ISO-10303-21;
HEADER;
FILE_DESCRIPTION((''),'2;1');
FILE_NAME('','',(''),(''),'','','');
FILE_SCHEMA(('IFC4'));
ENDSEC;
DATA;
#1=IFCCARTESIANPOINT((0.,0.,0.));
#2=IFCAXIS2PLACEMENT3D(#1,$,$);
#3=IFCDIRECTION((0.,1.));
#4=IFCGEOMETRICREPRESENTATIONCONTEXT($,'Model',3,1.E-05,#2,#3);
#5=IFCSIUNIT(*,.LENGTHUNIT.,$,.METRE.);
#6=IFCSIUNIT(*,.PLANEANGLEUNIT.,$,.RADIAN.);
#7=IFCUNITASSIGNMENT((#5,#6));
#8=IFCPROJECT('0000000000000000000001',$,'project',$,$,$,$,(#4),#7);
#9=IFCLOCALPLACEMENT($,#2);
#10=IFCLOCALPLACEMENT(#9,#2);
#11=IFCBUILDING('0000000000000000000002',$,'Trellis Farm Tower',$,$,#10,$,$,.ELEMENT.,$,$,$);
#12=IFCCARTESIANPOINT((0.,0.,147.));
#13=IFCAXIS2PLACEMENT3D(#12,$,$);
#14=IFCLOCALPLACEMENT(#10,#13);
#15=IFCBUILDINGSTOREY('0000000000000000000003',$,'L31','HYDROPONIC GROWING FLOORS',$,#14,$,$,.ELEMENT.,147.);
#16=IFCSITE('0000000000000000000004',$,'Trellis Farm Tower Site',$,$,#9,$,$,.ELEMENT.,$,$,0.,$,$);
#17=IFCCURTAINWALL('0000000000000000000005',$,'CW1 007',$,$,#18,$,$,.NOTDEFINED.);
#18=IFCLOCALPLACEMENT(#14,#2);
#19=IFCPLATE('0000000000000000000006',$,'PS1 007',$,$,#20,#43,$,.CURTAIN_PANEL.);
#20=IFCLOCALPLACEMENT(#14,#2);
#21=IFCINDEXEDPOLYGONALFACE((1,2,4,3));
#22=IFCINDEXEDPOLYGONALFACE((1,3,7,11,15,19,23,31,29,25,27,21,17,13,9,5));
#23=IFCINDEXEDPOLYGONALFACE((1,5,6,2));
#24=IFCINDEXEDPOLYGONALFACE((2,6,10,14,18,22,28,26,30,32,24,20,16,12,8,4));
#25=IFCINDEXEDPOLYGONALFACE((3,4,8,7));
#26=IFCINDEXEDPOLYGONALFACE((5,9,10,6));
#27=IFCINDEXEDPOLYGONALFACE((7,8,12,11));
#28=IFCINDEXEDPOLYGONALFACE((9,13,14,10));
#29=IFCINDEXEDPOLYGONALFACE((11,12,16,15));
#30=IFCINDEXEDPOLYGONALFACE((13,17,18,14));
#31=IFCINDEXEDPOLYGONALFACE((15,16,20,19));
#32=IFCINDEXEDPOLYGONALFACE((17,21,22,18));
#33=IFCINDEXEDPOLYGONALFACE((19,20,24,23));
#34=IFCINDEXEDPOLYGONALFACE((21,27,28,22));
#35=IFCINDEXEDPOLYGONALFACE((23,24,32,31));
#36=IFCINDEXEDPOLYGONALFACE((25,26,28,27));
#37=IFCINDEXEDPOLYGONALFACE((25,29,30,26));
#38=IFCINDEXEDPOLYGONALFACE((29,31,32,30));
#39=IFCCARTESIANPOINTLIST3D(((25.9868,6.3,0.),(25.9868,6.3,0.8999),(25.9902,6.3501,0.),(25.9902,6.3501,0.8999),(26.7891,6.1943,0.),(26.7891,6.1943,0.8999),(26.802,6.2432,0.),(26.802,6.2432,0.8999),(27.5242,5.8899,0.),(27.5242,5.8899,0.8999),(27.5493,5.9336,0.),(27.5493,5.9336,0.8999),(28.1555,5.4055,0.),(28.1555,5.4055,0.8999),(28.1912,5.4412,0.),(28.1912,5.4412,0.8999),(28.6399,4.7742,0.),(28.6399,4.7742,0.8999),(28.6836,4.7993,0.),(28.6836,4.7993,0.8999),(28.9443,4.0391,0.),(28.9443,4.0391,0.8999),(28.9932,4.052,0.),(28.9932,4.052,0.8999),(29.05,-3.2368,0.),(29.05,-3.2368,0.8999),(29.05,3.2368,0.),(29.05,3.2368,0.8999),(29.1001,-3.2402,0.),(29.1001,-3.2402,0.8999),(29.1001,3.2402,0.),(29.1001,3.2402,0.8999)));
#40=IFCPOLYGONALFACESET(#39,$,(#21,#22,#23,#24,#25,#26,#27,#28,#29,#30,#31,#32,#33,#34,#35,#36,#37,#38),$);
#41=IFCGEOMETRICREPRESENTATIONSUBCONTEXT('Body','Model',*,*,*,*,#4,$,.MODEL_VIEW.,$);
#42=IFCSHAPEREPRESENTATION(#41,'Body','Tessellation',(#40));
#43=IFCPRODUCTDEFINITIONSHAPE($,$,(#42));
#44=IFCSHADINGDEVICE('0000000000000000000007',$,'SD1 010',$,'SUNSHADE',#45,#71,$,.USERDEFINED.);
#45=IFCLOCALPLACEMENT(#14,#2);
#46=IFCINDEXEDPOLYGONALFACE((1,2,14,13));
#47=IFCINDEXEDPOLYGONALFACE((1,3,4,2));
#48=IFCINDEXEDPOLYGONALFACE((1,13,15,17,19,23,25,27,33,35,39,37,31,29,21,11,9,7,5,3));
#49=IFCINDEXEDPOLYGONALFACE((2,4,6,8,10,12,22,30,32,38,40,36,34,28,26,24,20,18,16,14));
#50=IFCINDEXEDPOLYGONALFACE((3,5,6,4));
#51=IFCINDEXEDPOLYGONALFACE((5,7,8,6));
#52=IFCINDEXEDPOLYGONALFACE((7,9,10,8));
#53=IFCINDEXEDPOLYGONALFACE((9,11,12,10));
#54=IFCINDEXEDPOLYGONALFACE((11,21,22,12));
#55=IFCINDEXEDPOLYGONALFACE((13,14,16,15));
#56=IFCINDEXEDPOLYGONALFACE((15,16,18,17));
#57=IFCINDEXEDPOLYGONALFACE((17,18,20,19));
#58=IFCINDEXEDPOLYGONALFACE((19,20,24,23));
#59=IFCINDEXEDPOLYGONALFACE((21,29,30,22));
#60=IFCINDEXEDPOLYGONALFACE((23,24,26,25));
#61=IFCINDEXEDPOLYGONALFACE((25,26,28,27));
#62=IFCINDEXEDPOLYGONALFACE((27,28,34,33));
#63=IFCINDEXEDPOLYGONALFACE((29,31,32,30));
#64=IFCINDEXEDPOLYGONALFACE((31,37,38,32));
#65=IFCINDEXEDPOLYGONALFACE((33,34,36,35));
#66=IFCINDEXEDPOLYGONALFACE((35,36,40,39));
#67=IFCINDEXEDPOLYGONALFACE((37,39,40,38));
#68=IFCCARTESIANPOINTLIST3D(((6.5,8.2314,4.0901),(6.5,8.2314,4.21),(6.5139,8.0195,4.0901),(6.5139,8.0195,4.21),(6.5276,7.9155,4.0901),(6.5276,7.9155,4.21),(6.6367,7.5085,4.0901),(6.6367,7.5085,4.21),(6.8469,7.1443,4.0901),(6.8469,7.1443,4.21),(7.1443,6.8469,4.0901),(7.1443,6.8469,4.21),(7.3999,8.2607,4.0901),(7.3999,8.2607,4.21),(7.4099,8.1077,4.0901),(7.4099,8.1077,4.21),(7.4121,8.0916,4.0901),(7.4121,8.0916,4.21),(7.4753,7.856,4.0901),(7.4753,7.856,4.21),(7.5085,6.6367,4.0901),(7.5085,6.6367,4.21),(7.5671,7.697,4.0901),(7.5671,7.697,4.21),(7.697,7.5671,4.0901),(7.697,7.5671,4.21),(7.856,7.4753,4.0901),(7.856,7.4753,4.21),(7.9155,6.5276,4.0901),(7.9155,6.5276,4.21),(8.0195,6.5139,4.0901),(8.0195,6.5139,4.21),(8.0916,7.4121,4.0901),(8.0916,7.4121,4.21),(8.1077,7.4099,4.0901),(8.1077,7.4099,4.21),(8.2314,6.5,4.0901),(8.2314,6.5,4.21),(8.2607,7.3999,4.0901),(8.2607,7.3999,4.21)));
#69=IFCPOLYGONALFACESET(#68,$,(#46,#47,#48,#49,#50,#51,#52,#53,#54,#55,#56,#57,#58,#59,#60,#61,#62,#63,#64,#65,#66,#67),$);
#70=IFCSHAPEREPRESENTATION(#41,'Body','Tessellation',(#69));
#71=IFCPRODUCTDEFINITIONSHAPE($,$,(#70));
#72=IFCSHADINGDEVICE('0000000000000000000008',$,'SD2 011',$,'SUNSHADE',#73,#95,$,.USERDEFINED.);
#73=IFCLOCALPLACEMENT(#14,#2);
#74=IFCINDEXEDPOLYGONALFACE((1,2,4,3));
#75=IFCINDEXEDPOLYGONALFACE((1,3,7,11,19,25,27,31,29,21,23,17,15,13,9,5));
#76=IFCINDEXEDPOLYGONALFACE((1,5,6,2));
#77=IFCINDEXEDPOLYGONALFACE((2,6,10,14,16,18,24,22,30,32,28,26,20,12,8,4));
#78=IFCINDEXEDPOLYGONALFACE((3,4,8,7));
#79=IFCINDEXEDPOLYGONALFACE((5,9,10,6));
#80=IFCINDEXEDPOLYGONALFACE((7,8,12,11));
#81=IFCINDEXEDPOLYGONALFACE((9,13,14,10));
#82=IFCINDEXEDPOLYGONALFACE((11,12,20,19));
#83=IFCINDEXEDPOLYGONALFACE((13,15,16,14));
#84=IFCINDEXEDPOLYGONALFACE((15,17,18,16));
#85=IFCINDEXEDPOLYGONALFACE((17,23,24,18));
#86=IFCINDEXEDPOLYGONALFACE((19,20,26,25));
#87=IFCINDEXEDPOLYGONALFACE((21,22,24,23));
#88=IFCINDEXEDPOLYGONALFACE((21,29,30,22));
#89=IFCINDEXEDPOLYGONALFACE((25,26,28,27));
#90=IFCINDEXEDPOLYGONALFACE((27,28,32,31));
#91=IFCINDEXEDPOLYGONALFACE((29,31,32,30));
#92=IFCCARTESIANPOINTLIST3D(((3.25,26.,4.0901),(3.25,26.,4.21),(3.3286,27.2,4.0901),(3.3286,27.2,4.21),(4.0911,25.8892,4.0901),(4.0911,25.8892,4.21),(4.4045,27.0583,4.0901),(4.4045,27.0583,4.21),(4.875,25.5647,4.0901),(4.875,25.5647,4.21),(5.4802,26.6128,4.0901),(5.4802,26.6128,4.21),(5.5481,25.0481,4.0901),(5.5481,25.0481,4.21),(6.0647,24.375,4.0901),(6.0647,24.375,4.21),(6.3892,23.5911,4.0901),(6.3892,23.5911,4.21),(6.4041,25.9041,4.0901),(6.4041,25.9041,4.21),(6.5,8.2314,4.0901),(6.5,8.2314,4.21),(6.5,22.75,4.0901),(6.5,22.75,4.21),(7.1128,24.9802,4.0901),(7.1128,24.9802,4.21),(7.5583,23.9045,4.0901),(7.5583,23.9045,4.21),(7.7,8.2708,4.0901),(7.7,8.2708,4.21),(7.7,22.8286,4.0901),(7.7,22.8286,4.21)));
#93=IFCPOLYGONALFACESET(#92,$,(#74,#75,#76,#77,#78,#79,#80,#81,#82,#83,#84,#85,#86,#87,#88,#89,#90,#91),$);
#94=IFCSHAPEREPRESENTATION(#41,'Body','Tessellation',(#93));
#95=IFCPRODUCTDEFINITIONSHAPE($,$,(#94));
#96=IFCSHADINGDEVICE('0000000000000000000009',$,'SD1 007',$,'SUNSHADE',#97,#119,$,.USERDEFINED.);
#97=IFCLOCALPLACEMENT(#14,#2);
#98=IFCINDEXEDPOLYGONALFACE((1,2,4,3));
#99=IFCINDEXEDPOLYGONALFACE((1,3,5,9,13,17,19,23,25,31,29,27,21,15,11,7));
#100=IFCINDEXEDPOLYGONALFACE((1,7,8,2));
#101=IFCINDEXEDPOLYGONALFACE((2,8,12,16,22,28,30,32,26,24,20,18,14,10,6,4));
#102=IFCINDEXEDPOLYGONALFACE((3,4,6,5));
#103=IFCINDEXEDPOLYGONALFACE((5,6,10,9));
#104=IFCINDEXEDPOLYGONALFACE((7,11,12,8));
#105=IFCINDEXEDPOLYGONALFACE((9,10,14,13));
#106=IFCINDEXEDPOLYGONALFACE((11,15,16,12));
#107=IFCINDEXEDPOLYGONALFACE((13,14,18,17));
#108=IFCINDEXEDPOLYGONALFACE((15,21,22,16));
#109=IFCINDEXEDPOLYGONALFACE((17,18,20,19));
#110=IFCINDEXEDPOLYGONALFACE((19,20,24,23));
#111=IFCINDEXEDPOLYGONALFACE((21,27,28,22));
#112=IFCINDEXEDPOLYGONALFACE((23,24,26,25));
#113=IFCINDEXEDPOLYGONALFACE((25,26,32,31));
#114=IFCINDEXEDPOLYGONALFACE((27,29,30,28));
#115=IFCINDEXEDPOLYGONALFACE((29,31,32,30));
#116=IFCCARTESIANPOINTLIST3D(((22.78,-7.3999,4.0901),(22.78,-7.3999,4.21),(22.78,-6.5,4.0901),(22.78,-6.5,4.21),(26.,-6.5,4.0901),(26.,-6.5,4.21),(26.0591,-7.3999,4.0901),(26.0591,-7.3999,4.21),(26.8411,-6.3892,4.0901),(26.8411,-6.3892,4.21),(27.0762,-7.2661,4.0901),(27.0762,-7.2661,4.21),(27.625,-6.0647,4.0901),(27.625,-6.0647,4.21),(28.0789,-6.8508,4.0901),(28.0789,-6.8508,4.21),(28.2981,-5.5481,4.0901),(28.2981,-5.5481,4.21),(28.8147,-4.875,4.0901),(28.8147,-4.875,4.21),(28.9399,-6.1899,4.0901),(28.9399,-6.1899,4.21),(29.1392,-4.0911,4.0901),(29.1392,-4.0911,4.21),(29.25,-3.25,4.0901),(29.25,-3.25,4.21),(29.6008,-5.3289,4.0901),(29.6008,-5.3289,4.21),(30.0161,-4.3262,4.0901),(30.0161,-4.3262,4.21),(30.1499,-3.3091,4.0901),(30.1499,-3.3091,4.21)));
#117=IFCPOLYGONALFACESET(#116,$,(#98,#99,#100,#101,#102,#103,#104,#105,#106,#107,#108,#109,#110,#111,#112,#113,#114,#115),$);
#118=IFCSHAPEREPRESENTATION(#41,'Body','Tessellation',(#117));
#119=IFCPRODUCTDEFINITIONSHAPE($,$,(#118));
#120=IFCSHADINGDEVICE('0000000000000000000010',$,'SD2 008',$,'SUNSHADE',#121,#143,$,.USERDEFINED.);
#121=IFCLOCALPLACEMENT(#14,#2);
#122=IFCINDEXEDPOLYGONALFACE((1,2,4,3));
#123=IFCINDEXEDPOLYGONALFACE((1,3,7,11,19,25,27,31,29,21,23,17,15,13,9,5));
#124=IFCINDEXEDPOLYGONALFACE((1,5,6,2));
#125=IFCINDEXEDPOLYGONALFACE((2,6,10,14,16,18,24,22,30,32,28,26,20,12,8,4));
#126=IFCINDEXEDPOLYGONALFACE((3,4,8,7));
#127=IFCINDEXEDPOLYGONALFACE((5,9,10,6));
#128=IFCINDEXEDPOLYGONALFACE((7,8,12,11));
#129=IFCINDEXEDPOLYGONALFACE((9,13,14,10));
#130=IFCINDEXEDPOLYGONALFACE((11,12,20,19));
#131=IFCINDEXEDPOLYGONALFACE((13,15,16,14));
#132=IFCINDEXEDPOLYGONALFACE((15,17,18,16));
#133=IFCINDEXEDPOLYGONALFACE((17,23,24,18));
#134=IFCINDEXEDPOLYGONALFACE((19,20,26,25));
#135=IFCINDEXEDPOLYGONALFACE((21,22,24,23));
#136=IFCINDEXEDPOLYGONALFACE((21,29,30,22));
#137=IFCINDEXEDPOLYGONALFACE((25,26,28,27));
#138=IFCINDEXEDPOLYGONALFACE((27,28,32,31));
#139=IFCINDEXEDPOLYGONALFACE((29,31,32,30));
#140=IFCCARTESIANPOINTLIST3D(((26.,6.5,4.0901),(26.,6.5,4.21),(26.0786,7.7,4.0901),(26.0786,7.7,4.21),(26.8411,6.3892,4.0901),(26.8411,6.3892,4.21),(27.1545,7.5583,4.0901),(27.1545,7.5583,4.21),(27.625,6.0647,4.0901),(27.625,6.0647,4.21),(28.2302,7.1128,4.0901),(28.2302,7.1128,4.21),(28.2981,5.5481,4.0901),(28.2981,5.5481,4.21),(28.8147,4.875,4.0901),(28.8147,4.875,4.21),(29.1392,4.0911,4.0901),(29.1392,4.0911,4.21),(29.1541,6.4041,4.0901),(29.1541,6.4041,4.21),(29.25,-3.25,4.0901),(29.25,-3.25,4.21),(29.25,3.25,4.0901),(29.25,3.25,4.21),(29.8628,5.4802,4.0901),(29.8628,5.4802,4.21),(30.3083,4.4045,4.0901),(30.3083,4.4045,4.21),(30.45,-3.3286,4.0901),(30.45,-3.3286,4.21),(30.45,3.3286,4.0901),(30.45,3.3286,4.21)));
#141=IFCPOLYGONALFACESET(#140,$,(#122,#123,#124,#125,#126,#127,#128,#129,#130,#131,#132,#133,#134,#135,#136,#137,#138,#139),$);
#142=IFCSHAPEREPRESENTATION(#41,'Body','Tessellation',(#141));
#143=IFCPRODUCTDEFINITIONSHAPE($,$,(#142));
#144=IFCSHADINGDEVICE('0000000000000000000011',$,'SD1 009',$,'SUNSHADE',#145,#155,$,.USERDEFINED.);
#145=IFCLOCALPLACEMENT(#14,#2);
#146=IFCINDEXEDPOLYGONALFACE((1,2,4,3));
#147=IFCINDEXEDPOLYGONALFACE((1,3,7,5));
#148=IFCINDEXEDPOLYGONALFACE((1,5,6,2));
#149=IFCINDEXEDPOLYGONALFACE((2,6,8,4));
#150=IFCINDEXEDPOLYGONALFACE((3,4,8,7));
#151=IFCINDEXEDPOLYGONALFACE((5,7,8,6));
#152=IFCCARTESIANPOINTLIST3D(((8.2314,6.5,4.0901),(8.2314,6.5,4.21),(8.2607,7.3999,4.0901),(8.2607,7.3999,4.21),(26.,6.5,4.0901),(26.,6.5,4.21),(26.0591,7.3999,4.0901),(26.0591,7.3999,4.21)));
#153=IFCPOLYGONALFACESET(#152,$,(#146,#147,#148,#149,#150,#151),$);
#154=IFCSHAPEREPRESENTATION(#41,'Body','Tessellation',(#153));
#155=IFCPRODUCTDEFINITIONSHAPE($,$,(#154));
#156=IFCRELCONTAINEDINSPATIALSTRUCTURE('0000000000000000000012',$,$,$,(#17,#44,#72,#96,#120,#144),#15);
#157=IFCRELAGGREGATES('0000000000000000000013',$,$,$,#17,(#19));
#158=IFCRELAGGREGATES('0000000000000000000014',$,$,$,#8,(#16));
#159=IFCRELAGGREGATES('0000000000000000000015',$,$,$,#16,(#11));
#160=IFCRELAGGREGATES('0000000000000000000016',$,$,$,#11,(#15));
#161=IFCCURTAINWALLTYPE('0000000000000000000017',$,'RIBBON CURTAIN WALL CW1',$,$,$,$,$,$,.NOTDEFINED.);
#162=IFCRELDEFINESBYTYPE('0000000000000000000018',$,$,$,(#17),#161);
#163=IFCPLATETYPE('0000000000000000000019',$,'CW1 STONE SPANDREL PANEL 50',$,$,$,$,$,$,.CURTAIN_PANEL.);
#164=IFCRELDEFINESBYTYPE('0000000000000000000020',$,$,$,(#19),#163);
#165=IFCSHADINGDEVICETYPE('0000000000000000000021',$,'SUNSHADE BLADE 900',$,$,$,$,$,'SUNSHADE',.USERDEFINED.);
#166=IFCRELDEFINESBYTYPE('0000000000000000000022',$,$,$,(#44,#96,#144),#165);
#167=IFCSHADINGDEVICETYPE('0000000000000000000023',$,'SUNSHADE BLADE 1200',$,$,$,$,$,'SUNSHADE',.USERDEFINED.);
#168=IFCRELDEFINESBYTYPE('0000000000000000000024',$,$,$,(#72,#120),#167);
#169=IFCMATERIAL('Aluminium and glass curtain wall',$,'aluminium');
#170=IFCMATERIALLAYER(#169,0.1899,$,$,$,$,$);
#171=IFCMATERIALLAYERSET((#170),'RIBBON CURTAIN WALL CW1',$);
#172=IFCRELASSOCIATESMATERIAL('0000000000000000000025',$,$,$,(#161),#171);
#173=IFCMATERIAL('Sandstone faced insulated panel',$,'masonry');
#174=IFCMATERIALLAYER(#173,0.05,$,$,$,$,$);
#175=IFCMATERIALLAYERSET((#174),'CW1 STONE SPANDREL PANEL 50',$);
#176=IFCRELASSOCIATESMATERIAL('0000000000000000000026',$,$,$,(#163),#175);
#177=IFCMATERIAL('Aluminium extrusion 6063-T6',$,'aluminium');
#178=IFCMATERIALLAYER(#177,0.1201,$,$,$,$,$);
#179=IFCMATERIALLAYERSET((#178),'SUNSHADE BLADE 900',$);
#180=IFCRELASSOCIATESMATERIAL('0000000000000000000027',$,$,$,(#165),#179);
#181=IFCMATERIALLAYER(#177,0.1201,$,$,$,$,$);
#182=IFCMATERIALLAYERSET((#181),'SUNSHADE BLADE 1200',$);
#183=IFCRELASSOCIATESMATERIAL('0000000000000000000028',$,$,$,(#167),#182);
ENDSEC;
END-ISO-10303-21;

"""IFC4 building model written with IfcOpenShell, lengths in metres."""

from ifc_helpers import new_model, si_unit, direction, frame, origin, place, context, subcontext, project, spatial, polyline, outline, extrude, source, transform, mapped, material, layer, layer_set, type_object, element, aggregate, save


model = new_model("IFC4")

# Units and contexts
model_context = context("Model", 3, precision=1e-05, world=origin(), true_north=direction((0.0, 1.0)))
body_context = subcontext(model_context, "Body", "Model", "MODEL_VIEW")
ifc_project = project(units=[si_unit("LENGTHUNIT", "METRE"), si_unit("PLANEANGLEUNIT", "RADIAN")], contexts=[model_context])

# Site, building, storey
site_placement = place(None, origin())
site = spatial("IfcSite", under=ifc_project, at=site_placement, Name="Trellis Farm Tower Site", CompositionType="ELEMENT", RefElevation=0.0)
building_placement = place(site_placement, origin())
building = spatial("IfcBuilding", under=site, at=building_placement, Name="Trellis Farm Tower", CompositionType="ELEMENT")
storey_placement = place(building_placement, frame((0.0, 0.0, 147.0)))
storey = spatial("IfcBuildingStorey", under=building, at=storey_placement, Name="L31", Description="HYDROPONIC GROWING FLOORS", CompositionType="ELEMENT", Elevation=147.0)

# Curtain wall
ifc_material_1 = material(Name="Aluminium and glass curtain wall", Category="aluminium")
placement_1 = place(storey_placement, origin())
ifc_material_2 = material(Name="Aluminium extrusion 6063-T6", Category="aluminium")
ifc_layer_1 = layer(ifc_material_1, 0.1899)
ifc_layer_set_1 = layer_set([ifc_layer_1], Name="RIBBON CURTAIN WALL CW1")
curtain_wall_type_1 = type_object("IfcCurtainWallType", Name="RIBBON CURTAIN WALL CW1", PredefinedType="NOTDEFINED", material=ifc_layer_set_1)
curtain_wall_1 = element("IfcCurtainWall", 1, at=placement_1, inside=storey, type_object=curtain_wall_type_1, Name="CW1 007", PredefinedType="NOTDEFINED")

# Shared definitions
ifc_material_3 = material(Name="Sandstone faced insulated panel", Category="masonry")
ifc_layer_2 = layer(ifc_material_3, 0.05)
ifc_layer_set_2 = layer_set([ifc_layer_2], Name="CW1 STONE SPANDREL PANEL 50")
plate_type_1 = type_object("IfcPlateType", Name="CW1 STONE SPANDREL PANEL 50", PredefinedType="CURTAIN_PANEL", material=ifc_layer_set_2)

# Plate
shared_shape_1 = source(origin(), body_context, "Body", "SweptSolid", [
    extrude(outline(polyline([(29.1001, -3.2402), (29.1001, 3.2402), (28.9932, 4.052), (28.6836, 4.7993), (28.1912, 5.4412), (27.5493, 5.9336), (26.802, 6.2432), (25.9902, 6.3501), (25.9868, 6.3), (26.7891, 6.1943), (27.5242, 5.8899), (28.1555, 5.4055), (28.6399, 4.7742), (28.9443, 4.0391), (29.05, 3.2368), (29.05, -3.2368), (29.1001, -3.2402)])), origin(), (0.0, 0.0, 1.0), 0.8999),
])
plate_1 = element("IfcPlate", 2, at=placement_1, type_object=plate_type_1, Name="PS1 007", PredefinedType="CURTAIN_PANEL", context=body_context, shape_type="MappedRepresentation", body=[
    mapped(shared_shape_1, transform((0.0, 0.0, 0.0))),
])
aggregate(curtain_wall_1, [plate_1])

# Shading devices
ifc_layer_3 = layer(ifc_material_2, 0.1201)
ifc_layer_set_3 = layer_set([ifc_layer_3], Name="SUNSHADE BLADE 900")
shading_device_type_1 = type_object("IfcShadingDeviceType", Name="SUNSHADE BLADE 900", ElementType="SUNSHADE", PredefinedType="USERDEFINED", material=ifc_layer_set_3)
shared_shape_2 = source(origin(), body_context, "Body", "SweptSolid", [
    extrude(outline(polyline([(8.2607, 7.3999), (8.1077, 7.4099), (8.0916, 7.4121), (7.856, 7.4753), (7.697, 7.5671), (7.5671, 7.697), (7.4753, 7.856), (7.4121, 8.0916), (7.4099, 8.1077), (7.3999, 8.2607), (6.5, 8.2314), (6.5139, 8.0195), (6.5276, 7.9155), (6.6367, 7.5085), (6.8469, 7.1443), (7.1443, 6.8469), (7.5085, 6.6367), (7.9155, 6.5276), (8.0195, 6.5139), (8.2314, 6.5), (8.2607, 7.3999)])), origin(), (0.0, 0.0, 1.0), 0.1199),
])
placement_2 = place(storey_placement, frame((0.0, 0.0, 4.0901)))
element("IfcShadingDevice", 3, at=placement_2, inside=storey, type_object=shading_device_type_1, Name="SD1 010", ObjectType="SUNSHADE", PredefinedType="USERDEFINED", context=body_context, shape_type="MappedRepresentation", body=[
    mapped(shared_shape_2, transform((0.0, 0.0, 0.0))),
])
ifc_layer_4 = layer(ifc_material_2, 0.1201)
ifc_layer_set_4 = layer_set([ifc_layer_4], Name="SUNSHADE BLADE 1200")
shading_device_type_2 = type_object("IfcShadingDeviceType", Name="SUNSHADE BLADE 1200", ElementType="SUNSHADE", PredefinedType="USERDEFINED", material=ifc_layer_set_4)
shared_shape_3 = source(origin(), body_context, "Body", "SweptSolid", [
    extrude(outline(polyline([(7.7, 8.2708), (7.7, 22.8286), (7.5583, 23.9045), (7.1128, 24.9802), (6.4041, 25.9041), (5.4802, 26.6128), (4.4045, 27.0583), (3.3286, 27.2), (3.25, 26.0), (4.0911, 25.8892), (4.875, 25.5647), (5.5481, 25.0481), (6.0647, 24.375), (6.3892, 23.5911), (6.5, 22.75), (6.5, 8.2314), (7.7, 8.2708)])), origin(), (0.0, 0.0, 1.0), 0.1199),
])
element("IfcShadingDevice", 4, at=placement_2, inside=storey, type_object=shading_device_type_2, Name="SD2 011", ObjectType="SUNSHADE", PredefinedType="USERDEFINED", context=body_context, shape_type="MappedRepresentation", body=[
    mapped(shared_shape_3, transform((0.0, 0.0, 0.0))),
])
shared_shape_4 = source(origin(), body_context, "Body", "SweptSolid", [
    extrude(outline(polyline([(22.78, -7.3999), (26.0591, -7.3999), (27.0762, -7.2661), (28.0789, -6.8508), (28.9399, -6.1899), (29.6008, -5.3289), (30.0161, -4.3262), (30.1499, -3.3091), (29.25, -3.25), (29.1392, -4.0911), (28.8147, -4.875), (28.2981, -5.5481), (27.625, -6.0647), (26.8411, -6.3892), (26.0, -6.5), (22.78, -6.5), (22.78, -7.3999)])), origin(), (0.0, 0.0, 1.0), 0.1199),
])
element("IfcShadingDevice", 5, at=placement_2, inside=storey, type_object=shading_device_type_1, Name="SD1 007", ObjectType="SUNSHADE", PredefinedType="USERDEFINED", context=body_context, shape_type="MappedRepresentation", body=[
    mapped(shared_shape_4, transform((0.0, 0.0, 0.0))),
])
shared_shape_5 = source(origin(), body_context, "Body", "SweptSolid", [
    extrude(outline(polyline([(30.45, -3.3286), (30.45, 3.3286), (30.3083, 4.4045), (29.8628, 5.4802), (29.1541, 6.4041), (28.2302, 7.1128), (27.1545, 7.5583), (26.0786, 7.7), (26.0, 6.5), (26.8411, 6.3892), (27.625, 6.0647), (28.2981, 5.5481), (28.8147, 4.875), (29.1392, 4.0911), (29.25, 3.25), (29.25, -3.25), (30.45, -3.3286)])), origin(), (0.0, 0.0, 1.0), 0.1199),
])
element("IfcShadingDevice", 6, at=placement_2, inside=storey, type_object=shading_device_type_2, Name="SD2 008", ObjectType="SUNSHADE", PredefinedType="USERDEFINED", context=body_context, shape_type="MappedRepresentation", body=[
    mapped(shared_shape_5, transform((0.0, 0.0, 0.0))),
])
shared_shape_6 = source(origin(), body_context, "Body", "SweptSolid", [
    extrude(outline(polyline([(26.0591, 7.3999), (8.2607, 7.3999), (8.2314, 6.5), (26.0, 6.5), (26.0591, 7.3999)])), origin(), (0.0, 0.0, 1.0), 0.1199),
])
element("IfcShadingDevice", 7, at=placement_2, inside=storey, type_object=shading_device_type_1, Name="SD1 009", ObjectType="SUNSHADE", PredefinedType="USERDEFINED", context=body_context, shape_type="MappedRepresentation", body=[
    mapped(shared_shape_6, transform((0.0, 0.0, 0.0))),
])

save(model, "model.ifc")
